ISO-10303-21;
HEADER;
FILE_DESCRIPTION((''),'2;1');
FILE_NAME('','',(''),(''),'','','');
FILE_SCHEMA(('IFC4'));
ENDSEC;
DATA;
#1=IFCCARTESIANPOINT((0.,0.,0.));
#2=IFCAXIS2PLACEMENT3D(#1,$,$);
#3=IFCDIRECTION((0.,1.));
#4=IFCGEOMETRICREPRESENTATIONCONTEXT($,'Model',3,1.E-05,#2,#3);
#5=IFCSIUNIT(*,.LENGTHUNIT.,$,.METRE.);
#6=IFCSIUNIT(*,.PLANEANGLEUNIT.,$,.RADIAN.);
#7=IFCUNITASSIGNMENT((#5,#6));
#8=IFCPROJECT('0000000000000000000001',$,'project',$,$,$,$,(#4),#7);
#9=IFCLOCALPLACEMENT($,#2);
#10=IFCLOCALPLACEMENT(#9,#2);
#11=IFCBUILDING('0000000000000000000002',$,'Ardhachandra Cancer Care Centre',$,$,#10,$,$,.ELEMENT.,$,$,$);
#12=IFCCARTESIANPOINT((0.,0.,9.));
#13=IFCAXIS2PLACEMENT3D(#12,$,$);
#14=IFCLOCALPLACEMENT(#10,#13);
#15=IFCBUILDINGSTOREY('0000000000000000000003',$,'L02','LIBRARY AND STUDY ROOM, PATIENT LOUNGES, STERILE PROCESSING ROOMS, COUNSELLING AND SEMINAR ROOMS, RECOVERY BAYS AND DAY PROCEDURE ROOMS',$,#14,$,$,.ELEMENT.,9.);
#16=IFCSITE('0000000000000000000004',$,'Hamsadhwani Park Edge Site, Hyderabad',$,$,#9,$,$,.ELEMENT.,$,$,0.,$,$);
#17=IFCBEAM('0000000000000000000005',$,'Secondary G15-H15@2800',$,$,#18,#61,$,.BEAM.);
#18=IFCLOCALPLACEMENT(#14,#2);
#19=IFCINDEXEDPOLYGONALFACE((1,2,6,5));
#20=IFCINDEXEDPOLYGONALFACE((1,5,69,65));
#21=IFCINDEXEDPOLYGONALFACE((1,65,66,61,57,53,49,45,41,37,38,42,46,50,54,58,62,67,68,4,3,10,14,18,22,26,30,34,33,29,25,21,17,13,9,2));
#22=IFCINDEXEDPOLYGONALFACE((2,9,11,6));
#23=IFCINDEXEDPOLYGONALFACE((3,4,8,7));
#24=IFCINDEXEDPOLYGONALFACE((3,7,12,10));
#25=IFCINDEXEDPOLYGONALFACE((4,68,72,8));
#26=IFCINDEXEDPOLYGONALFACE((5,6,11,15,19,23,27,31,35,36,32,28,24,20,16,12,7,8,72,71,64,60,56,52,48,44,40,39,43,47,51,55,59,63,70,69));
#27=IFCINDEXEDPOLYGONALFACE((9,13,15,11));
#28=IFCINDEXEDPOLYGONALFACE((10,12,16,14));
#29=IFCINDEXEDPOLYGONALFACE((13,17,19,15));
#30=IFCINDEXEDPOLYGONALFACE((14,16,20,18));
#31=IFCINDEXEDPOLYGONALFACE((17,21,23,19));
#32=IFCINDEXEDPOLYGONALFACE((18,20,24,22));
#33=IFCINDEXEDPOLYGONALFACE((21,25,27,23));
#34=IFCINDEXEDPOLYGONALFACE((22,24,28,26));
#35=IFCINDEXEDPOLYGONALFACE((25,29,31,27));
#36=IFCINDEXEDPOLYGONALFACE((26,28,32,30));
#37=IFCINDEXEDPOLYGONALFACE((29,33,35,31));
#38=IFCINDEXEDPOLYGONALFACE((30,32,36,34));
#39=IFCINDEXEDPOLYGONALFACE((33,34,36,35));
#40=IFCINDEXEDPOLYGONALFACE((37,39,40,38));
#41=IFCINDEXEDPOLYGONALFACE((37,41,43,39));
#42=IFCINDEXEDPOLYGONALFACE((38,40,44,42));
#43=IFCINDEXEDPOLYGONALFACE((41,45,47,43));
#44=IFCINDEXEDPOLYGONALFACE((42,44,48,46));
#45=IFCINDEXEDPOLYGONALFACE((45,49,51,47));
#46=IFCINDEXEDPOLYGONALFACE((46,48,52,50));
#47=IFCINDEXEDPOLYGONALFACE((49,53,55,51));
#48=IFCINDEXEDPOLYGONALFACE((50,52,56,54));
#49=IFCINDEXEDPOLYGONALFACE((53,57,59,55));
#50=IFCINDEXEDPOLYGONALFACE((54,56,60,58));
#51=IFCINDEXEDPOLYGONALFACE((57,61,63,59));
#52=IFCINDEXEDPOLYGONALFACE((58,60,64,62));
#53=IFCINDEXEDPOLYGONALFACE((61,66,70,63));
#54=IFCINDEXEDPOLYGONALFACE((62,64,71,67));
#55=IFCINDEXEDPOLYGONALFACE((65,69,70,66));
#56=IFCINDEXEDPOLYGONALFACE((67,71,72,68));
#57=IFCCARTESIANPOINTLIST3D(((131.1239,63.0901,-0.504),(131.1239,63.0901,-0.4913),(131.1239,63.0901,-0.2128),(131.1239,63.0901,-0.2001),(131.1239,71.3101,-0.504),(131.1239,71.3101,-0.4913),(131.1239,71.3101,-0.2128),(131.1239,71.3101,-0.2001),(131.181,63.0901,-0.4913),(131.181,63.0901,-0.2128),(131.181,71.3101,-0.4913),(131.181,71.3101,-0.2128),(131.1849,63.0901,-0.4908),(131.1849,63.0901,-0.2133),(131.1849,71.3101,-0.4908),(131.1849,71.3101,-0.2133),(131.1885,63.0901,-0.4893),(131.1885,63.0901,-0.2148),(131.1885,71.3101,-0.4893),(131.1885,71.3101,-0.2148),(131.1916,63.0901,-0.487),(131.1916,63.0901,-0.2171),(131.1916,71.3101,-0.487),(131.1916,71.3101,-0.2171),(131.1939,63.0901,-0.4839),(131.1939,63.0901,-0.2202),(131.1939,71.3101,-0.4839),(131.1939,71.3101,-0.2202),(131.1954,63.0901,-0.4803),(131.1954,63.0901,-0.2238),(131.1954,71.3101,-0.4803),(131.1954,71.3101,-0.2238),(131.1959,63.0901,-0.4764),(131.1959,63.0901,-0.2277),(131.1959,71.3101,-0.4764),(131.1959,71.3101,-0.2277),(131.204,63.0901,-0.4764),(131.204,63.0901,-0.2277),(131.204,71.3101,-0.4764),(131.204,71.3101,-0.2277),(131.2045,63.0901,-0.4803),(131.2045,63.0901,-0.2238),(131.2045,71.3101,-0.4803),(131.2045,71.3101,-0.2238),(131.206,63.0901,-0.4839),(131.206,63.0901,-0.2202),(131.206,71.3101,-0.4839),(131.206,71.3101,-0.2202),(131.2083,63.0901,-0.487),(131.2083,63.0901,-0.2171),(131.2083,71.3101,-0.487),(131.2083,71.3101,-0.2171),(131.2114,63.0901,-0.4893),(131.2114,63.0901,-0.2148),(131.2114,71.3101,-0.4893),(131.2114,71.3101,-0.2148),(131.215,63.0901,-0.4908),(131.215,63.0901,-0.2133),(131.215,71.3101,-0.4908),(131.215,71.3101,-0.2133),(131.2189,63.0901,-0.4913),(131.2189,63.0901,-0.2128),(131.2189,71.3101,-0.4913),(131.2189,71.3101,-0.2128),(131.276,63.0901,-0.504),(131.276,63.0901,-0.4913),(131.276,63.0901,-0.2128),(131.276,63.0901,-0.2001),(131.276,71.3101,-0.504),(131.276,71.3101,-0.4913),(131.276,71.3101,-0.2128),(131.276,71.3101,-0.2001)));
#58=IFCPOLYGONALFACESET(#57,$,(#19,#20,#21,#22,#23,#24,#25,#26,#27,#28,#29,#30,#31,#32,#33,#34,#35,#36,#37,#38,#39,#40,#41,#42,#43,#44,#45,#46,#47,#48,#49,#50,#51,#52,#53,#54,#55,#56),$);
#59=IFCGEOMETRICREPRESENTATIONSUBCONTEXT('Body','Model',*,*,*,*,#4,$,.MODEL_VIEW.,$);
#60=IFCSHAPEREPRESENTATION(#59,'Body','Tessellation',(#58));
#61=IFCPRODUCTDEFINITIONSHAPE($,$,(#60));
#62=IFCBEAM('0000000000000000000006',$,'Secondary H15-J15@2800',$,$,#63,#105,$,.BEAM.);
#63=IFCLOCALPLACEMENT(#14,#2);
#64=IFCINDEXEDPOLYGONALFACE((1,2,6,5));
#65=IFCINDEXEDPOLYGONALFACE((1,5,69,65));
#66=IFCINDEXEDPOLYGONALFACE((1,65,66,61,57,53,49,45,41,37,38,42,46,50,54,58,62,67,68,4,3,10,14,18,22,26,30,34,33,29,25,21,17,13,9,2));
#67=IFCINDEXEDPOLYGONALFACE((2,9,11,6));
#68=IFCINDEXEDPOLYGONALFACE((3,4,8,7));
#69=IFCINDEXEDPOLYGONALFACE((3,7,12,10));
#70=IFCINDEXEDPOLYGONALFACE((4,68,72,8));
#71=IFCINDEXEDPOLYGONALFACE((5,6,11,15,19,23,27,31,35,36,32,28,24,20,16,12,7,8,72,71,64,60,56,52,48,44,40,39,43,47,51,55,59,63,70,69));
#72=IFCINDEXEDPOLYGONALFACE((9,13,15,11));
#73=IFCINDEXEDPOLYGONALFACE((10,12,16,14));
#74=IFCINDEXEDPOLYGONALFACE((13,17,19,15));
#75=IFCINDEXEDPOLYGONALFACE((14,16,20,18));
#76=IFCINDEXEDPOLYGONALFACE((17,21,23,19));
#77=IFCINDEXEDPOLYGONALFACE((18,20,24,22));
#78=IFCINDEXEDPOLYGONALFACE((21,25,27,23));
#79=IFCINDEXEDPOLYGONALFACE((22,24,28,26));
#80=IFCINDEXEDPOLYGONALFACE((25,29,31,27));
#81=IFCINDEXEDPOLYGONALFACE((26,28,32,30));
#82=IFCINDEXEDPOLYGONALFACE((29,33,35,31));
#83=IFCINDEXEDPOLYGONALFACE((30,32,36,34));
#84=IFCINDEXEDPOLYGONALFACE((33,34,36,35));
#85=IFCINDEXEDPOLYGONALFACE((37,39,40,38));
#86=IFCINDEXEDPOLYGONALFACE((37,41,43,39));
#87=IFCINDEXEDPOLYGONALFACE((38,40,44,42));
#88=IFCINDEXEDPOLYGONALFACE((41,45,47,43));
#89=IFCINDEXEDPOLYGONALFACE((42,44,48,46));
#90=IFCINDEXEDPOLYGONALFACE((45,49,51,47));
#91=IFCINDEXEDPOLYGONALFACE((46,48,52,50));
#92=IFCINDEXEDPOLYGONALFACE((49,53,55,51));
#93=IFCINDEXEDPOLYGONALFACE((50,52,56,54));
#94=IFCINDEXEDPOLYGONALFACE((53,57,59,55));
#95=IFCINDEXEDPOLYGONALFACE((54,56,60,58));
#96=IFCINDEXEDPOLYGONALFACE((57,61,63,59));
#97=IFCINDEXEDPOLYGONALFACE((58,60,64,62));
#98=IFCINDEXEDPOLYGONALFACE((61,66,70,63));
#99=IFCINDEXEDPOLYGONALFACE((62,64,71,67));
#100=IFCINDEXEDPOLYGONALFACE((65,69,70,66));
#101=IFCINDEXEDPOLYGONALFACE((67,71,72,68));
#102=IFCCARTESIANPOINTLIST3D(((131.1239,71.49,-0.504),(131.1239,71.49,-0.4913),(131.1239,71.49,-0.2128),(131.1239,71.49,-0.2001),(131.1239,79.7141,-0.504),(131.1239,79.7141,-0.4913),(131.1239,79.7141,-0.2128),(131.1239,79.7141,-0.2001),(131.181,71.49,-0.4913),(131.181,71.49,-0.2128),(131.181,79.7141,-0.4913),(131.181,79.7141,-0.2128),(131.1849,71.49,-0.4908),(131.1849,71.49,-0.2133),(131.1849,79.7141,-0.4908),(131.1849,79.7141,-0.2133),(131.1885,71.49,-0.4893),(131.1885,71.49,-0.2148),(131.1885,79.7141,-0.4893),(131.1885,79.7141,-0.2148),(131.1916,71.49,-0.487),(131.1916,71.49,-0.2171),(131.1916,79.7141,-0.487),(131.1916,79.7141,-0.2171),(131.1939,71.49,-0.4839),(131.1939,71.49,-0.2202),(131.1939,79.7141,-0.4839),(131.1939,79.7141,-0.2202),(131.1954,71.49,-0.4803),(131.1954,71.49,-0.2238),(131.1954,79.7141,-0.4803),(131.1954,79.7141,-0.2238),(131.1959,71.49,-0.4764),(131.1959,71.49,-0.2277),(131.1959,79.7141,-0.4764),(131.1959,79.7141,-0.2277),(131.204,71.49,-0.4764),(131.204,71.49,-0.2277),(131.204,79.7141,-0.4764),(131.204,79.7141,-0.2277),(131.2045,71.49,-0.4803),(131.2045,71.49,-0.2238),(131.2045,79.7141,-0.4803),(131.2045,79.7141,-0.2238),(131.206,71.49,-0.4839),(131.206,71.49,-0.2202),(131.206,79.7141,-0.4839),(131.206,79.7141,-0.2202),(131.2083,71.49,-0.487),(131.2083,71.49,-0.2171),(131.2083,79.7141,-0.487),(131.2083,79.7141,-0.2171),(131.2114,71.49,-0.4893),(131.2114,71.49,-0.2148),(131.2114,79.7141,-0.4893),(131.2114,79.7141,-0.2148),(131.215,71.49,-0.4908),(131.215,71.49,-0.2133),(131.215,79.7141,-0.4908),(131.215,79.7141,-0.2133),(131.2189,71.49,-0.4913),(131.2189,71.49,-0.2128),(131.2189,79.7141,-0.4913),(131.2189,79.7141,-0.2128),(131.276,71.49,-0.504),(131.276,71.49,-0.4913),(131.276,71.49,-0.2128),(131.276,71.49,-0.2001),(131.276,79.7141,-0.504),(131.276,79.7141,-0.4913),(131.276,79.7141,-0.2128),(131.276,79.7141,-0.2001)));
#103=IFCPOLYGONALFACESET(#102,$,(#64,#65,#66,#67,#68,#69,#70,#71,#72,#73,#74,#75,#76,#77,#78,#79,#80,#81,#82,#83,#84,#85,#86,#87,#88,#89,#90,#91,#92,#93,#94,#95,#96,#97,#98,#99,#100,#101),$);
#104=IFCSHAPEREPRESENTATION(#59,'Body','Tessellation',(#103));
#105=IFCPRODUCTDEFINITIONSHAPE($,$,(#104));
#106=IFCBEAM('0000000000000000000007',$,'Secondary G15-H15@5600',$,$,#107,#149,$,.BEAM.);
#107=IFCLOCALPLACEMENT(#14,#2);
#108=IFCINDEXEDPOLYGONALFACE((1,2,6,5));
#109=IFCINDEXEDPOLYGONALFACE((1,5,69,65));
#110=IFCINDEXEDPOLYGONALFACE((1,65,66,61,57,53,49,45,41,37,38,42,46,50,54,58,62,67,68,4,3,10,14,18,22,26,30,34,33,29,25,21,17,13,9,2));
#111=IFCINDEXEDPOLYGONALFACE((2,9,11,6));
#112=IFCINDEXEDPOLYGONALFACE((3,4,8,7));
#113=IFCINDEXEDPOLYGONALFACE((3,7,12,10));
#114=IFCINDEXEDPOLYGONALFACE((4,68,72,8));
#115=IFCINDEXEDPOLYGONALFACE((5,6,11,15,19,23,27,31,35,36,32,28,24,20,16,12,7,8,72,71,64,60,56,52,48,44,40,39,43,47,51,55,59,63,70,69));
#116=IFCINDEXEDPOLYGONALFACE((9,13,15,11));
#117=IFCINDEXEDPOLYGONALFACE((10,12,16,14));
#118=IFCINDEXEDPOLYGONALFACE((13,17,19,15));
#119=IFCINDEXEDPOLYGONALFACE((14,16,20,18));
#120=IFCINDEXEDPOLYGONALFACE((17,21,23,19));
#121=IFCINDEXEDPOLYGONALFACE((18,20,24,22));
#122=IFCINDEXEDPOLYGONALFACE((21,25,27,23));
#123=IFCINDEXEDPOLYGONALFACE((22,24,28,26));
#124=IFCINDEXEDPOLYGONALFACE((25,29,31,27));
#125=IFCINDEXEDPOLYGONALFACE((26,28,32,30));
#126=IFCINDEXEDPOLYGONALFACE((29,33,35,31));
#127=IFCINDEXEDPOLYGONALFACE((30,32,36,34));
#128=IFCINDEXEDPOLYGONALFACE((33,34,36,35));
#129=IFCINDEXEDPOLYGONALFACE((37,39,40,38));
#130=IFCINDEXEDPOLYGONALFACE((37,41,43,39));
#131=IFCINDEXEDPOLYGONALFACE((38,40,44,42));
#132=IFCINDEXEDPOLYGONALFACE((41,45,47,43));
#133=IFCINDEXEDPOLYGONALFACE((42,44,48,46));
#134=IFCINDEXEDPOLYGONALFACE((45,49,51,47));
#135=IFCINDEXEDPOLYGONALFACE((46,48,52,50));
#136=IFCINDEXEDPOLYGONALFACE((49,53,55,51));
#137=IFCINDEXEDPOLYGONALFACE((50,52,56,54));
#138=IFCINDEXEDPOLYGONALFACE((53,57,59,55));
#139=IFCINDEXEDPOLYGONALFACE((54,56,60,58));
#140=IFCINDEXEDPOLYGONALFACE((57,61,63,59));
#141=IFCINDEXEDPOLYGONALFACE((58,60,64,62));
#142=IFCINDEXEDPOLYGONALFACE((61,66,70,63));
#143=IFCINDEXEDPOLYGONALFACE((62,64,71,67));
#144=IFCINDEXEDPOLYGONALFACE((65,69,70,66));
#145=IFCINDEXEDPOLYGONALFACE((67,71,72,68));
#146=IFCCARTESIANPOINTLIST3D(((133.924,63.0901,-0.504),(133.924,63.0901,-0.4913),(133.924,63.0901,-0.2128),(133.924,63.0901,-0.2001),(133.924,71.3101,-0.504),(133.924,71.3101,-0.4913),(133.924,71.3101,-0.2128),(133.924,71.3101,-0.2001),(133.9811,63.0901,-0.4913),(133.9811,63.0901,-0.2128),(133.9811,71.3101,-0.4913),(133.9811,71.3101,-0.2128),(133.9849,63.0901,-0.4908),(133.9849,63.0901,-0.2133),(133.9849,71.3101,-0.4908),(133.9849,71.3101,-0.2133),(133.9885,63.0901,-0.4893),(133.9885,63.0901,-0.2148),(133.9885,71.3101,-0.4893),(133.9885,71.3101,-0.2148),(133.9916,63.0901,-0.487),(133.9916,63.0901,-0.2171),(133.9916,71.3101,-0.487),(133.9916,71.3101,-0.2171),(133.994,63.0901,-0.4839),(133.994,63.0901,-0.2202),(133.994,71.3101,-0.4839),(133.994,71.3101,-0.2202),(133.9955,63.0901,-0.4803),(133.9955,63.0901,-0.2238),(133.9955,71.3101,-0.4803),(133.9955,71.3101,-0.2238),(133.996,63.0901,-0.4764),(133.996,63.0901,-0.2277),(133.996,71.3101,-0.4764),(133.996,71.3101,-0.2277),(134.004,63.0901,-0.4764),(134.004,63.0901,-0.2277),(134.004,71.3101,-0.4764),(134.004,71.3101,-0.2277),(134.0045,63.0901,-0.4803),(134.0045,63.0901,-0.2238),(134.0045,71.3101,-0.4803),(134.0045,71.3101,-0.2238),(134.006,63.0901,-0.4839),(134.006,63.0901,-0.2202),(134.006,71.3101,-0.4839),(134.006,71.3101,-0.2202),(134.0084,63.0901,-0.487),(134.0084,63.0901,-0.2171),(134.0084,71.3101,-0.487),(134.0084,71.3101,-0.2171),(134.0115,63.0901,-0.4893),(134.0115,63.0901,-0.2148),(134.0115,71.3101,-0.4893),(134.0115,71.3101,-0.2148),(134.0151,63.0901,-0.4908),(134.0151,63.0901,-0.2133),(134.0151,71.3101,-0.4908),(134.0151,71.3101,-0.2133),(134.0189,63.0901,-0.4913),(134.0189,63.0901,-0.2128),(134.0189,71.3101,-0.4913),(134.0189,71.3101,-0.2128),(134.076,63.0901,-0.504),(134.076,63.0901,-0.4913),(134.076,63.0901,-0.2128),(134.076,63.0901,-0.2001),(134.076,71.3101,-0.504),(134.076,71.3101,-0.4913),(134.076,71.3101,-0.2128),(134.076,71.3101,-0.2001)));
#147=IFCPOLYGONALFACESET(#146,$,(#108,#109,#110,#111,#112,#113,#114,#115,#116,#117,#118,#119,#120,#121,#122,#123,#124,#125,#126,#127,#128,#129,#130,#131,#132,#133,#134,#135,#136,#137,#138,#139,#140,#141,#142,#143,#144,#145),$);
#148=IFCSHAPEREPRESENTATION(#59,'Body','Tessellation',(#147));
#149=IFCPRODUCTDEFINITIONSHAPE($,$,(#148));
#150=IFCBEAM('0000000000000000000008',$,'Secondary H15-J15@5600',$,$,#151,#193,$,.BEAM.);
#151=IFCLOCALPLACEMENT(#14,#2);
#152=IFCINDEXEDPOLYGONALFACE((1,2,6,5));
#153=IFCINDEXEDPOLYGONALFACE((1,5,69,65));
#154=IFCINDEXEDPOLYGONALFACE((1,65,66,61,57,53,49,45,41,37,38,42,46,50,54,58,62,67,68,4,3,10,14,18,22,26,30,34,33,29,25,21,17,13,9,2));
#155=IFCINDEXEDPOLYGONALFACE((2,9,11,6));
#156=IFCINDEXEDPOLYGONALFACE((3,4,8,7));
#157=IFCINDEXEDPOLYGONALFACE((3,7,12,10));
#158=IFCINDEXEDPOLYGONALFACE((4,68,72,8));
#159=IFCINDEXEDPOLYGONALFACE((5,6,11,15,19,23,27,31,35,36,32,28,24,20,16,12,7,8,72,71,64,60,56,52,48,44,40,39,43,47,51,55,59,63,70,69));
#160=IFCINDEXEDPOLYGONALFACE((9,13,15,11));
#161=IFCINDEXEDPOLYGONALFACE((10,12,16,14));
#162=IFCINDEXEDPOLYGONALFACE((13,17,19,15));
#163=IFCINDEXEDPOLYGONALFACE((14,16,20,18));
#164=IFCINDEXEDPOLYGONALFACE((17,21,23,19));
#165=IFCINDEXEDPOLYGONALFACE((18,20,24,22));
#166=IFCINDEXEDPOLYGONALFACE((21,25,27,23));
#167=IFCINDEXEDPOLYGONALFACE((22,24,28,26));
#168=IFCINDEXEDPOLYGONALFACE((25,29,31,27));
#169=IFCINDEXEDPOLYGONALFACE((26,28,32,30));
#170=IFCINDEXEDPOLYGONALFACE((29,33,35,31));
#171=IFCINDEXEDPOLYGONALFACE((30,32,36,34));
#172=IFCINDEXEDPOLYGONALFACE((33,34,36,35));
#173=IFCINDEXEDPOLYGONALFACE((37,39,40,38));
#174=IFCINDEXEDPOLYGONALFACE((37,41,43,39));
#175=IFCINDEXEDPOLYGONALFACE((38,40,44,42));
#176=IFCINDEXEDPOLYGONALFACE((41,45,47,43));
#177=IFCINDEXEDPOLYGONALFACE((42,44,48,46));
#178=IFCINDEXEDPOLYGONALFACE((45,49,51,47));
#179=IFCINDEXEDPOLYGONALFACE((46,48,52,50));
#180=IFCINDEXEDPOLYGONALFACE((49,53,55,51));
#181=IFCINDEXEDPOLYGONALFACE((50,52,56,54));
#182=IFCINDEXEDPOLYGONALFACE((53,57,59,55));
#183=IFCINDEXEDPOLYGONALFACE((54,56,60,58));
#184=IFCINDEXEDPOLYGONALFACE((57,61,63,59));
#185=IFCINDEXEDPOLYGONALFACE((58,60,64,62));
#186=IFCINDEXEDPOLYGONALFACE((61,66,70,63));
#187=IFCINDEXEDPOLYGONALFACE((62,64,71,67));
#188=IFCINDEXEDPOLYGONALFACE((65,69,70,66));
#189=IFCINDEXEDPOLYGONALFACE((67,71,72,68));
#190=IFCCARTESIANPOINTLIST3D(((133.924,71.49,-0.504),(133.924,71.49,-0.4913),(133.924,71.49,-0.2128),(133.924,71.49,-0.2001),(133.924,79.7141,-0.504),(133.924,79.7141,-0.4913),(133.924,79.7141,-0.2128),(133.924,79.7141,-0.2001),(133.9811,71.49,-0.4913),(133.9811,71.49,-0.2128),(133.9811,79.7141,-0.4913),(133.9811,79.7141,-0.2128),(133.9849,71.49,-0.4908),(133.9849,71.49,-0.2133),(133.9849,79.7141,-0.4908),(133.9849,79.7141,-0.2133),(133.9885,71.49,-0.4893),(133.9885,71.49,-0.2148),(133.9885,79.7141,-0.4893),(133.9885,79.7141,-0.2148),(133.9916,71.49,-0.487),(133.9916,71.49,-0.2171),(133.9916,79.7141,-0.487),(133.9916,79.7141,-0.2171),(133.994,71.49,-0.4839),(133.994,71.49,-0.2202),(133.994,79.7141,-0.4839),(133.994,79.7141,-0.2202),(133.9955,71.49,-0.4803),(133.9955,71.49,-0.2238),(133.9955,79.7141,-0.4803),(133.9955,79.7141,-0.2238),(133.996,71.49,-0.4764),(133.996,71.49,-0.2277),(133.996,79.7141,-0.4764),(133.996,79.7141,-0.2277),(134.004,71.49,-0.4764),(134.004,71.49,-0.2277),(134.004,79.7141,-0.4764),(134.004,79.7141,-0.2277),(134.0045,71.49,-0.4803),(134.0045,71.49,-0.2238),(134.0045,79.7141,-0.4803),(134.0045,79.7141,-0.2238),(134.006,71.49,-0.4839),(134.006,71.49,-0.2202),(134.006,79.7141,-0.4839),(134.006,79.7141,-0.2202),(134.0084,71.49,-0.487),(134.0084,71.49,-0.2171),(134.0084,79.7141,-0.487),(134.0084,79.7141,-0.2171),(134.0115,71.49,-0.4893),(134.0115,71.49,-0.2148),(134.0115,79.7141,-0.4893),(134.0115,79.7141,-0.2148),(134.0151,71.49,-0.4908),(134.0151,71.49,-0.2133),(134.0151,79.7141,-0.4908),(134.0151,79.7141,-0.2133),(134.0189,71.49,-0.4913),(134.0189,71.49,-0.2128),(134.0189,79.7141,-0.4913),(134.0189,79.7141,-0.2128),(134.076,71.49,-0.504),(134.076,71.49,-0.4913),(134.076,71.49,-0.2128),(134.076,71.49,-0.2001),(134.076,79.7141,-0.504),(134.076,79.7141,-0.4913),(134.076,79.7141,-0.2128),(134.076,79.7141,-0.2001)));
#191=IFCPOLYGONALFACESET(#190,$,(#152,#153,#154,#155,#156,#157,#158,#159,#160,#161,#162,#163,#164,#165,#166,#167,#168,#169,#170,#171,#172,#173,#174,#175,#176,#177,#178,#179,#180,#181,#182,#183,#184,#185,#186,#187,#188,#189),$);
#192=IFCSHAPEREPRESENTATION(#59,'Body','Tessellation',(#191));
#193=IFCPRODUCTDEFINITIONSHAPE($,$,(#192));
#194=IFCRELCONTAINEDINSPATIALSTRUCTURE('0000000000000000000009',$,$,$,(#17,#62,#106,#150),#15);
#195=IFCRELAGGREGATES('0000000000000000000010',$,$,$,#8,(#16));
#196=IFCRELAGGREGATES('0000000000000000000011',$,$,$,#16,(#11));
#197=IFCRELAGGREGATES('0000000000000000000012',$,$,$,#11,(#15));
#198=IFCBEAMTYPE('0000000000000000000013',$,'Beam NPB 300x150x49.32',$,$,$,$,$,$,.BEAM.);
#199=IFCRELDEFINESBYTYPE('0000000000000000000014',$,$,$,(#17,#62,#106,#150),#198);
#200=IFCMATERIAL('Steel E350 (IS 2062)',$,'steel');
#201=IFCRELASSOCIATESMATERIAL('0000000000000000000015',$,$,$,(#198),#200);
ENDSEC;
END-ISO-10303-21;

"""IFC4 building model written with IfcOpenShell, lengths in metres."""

from ifc_helpers import new_model, si_unit, direction, frame, origin, origin_2d, place, context, subcontext, project, spatial, i_section, extrude, material, material_profile, profile_set, type_object, element, save


model = new_model("IFC4")

# Units and contexts
model_context = context("Model", 3, precision=1e-05, world=origin(), true_north=direction((0.0, 1.0)))
body_context = subcontext(model_context, "Body", "Model", "MODEL_VIEW")
ifc_project = project(units=[si_unit("LENGTHUNIT", "METRE"), si_unit("PLANEANGLEUNIT", "RADIAN")], contexts=[model_context])

# Site, building, storey
site_placement = place(None, origin())
site = spatial("IfcSite", under=ifc_project, at=site_placement, Name="Hamsadhwani Park Edge Site, Hyderabad", CompositionType="ELEMENT", RefElevation=0.0)
building_placement = place(site_placement, origin())
building = spatial("IfcBuilding", under=site, at=building_placement, Name="Ardhachandra Cancer Care Centre", CompositionType="ELEMENT")
storey_placement = place(building_placement, frame((0.0, 0.0, 9.0)))
storey = spatial("IfcBuildingStorey", under=building, at=storey_placement, Name="L02", Description="LIBRARY AND STUDY ROOM, PATIENT LOUNGES, STERILE PROCESSING ROOMS, COUNSELLING AND SEMINAR ROOMS, RECOVERY BAYS AND DAY PROCEDURE ROOMS", CompositionType="ELEMENT", Elevation=9.0)

# Beams
ifc_material_1 = material(Name="Steel E350 (IS 2062)", Category="steel")
ifc_material_profile_1 = material_profile(ifc_material_1, i_section(OverallWidth=0.1521, OverallDepth=0.304, WebThickness=0.0081, FlangeThickness=0.0127, FilletRadius=0.0149, at=origin_2d()), Name="NPB 300x150x49.32")
ifc_profile_set_1 = profile_set([ifc_material_profile_1], Name="Steel E350 (IS 2062)")
beam_type_1 = type_object("IfcBeamType", Name="Beam NPB 300x150x49.32", PredefinedType="BEAM", material=ifc_profile_set_1)
beam_1_placement = place(storey_placement, frame((131.2, 63.0901, -0.3521), z_axis=(0.0, 1.0, 0.0), x_axis=(-1.0, 0.0, 0.0)))
element("IfcBeam", 1, at=beam_1_placement, inside=storey, type_object=beam_type_1, Name="Secondary G15-H15@2800", PredefinedType="BEAM", context=body_context, shape_type="SweptSolid", body=[
    extrude(i_section(OverallWidth=0.1521, OverallDepth=0.304, WebThickness=0.0081, FlangeThickness=0.0127, FilletRadius=0.0149, at=origin_2d()), origin(), (0.0, 0.0, 1.0), 8.22),
])
beam_2_placement = place(storey_placement, frame((131.2, 71.49, -0.3521), z_axis=(0.0, 1.0, 0.0), x_axis=(-1.0, 0.0, 0.0)))
element("IfcBeam", 2, at=beam_2_placement, inside=storey, type_object=beam_type_1, Name="Secondary H15-J15@2800", PredefinedType="BEAM", context=body_context, shape_type="SweptSolid", body=[
    extrude(i_section(OverallWidth=0.1521, OverallDepth=0.304, WebThickness=0.0081, FlangeThickness=0.0127, FilletRadius=0.0149, at=origin_2d()), origin(), (0.0, 0.0, 1.0), 8.2241),
])
beam_3_placement = place(storey_placement, frame((134.0, 63.0901, -0.3521), z_axis=(0.0, 1.0, 0.0), x_axis=(-1.0, 0.0, 0.0)))
element("IfcBeam", 3, at=beam_3_placement, inside=storey, type_object=beam_type_1, Name="Secondary G15-H15@5600", PredefinedType="BEAM", context=body_context, shape_type="SweptSolid", body=[
    extrude(i_section(OverallWidth=0.1521, OverallDepth=0.304, WebThickness=0.0081, FlangeThickness=0.0127, FilletRadius=0.0149, at=origin_2d()), origin(), (0.0, 0.0, 1.0), 8.22),
])
beam_4_placement = place(storey_placement, frame((134.0, 71.49, -0.3521), z_axis=(0.0, 1.0, 0.0), x_axis=(-1.0, 0.0, 0.0)))
element("IfcBeam", 4, at=beam_4_placement, inside=storey, type_object=beam_type_1, Name="Secondary H15-J15@5600", PredefinedType="BEAM", context=body_context, shape_type="SweptSolid", body=[
    extrude(i_section(OverallWidth=0.1521, OverallDepth=0.304, WebThickness=0.0081, FlangeThickness=0.0127, FilletRadius=0.0149, at=origin_2d()), origin(), (0.0, 0.0, 1.0), 8.2241),
])

save(model, "model.ifc")
